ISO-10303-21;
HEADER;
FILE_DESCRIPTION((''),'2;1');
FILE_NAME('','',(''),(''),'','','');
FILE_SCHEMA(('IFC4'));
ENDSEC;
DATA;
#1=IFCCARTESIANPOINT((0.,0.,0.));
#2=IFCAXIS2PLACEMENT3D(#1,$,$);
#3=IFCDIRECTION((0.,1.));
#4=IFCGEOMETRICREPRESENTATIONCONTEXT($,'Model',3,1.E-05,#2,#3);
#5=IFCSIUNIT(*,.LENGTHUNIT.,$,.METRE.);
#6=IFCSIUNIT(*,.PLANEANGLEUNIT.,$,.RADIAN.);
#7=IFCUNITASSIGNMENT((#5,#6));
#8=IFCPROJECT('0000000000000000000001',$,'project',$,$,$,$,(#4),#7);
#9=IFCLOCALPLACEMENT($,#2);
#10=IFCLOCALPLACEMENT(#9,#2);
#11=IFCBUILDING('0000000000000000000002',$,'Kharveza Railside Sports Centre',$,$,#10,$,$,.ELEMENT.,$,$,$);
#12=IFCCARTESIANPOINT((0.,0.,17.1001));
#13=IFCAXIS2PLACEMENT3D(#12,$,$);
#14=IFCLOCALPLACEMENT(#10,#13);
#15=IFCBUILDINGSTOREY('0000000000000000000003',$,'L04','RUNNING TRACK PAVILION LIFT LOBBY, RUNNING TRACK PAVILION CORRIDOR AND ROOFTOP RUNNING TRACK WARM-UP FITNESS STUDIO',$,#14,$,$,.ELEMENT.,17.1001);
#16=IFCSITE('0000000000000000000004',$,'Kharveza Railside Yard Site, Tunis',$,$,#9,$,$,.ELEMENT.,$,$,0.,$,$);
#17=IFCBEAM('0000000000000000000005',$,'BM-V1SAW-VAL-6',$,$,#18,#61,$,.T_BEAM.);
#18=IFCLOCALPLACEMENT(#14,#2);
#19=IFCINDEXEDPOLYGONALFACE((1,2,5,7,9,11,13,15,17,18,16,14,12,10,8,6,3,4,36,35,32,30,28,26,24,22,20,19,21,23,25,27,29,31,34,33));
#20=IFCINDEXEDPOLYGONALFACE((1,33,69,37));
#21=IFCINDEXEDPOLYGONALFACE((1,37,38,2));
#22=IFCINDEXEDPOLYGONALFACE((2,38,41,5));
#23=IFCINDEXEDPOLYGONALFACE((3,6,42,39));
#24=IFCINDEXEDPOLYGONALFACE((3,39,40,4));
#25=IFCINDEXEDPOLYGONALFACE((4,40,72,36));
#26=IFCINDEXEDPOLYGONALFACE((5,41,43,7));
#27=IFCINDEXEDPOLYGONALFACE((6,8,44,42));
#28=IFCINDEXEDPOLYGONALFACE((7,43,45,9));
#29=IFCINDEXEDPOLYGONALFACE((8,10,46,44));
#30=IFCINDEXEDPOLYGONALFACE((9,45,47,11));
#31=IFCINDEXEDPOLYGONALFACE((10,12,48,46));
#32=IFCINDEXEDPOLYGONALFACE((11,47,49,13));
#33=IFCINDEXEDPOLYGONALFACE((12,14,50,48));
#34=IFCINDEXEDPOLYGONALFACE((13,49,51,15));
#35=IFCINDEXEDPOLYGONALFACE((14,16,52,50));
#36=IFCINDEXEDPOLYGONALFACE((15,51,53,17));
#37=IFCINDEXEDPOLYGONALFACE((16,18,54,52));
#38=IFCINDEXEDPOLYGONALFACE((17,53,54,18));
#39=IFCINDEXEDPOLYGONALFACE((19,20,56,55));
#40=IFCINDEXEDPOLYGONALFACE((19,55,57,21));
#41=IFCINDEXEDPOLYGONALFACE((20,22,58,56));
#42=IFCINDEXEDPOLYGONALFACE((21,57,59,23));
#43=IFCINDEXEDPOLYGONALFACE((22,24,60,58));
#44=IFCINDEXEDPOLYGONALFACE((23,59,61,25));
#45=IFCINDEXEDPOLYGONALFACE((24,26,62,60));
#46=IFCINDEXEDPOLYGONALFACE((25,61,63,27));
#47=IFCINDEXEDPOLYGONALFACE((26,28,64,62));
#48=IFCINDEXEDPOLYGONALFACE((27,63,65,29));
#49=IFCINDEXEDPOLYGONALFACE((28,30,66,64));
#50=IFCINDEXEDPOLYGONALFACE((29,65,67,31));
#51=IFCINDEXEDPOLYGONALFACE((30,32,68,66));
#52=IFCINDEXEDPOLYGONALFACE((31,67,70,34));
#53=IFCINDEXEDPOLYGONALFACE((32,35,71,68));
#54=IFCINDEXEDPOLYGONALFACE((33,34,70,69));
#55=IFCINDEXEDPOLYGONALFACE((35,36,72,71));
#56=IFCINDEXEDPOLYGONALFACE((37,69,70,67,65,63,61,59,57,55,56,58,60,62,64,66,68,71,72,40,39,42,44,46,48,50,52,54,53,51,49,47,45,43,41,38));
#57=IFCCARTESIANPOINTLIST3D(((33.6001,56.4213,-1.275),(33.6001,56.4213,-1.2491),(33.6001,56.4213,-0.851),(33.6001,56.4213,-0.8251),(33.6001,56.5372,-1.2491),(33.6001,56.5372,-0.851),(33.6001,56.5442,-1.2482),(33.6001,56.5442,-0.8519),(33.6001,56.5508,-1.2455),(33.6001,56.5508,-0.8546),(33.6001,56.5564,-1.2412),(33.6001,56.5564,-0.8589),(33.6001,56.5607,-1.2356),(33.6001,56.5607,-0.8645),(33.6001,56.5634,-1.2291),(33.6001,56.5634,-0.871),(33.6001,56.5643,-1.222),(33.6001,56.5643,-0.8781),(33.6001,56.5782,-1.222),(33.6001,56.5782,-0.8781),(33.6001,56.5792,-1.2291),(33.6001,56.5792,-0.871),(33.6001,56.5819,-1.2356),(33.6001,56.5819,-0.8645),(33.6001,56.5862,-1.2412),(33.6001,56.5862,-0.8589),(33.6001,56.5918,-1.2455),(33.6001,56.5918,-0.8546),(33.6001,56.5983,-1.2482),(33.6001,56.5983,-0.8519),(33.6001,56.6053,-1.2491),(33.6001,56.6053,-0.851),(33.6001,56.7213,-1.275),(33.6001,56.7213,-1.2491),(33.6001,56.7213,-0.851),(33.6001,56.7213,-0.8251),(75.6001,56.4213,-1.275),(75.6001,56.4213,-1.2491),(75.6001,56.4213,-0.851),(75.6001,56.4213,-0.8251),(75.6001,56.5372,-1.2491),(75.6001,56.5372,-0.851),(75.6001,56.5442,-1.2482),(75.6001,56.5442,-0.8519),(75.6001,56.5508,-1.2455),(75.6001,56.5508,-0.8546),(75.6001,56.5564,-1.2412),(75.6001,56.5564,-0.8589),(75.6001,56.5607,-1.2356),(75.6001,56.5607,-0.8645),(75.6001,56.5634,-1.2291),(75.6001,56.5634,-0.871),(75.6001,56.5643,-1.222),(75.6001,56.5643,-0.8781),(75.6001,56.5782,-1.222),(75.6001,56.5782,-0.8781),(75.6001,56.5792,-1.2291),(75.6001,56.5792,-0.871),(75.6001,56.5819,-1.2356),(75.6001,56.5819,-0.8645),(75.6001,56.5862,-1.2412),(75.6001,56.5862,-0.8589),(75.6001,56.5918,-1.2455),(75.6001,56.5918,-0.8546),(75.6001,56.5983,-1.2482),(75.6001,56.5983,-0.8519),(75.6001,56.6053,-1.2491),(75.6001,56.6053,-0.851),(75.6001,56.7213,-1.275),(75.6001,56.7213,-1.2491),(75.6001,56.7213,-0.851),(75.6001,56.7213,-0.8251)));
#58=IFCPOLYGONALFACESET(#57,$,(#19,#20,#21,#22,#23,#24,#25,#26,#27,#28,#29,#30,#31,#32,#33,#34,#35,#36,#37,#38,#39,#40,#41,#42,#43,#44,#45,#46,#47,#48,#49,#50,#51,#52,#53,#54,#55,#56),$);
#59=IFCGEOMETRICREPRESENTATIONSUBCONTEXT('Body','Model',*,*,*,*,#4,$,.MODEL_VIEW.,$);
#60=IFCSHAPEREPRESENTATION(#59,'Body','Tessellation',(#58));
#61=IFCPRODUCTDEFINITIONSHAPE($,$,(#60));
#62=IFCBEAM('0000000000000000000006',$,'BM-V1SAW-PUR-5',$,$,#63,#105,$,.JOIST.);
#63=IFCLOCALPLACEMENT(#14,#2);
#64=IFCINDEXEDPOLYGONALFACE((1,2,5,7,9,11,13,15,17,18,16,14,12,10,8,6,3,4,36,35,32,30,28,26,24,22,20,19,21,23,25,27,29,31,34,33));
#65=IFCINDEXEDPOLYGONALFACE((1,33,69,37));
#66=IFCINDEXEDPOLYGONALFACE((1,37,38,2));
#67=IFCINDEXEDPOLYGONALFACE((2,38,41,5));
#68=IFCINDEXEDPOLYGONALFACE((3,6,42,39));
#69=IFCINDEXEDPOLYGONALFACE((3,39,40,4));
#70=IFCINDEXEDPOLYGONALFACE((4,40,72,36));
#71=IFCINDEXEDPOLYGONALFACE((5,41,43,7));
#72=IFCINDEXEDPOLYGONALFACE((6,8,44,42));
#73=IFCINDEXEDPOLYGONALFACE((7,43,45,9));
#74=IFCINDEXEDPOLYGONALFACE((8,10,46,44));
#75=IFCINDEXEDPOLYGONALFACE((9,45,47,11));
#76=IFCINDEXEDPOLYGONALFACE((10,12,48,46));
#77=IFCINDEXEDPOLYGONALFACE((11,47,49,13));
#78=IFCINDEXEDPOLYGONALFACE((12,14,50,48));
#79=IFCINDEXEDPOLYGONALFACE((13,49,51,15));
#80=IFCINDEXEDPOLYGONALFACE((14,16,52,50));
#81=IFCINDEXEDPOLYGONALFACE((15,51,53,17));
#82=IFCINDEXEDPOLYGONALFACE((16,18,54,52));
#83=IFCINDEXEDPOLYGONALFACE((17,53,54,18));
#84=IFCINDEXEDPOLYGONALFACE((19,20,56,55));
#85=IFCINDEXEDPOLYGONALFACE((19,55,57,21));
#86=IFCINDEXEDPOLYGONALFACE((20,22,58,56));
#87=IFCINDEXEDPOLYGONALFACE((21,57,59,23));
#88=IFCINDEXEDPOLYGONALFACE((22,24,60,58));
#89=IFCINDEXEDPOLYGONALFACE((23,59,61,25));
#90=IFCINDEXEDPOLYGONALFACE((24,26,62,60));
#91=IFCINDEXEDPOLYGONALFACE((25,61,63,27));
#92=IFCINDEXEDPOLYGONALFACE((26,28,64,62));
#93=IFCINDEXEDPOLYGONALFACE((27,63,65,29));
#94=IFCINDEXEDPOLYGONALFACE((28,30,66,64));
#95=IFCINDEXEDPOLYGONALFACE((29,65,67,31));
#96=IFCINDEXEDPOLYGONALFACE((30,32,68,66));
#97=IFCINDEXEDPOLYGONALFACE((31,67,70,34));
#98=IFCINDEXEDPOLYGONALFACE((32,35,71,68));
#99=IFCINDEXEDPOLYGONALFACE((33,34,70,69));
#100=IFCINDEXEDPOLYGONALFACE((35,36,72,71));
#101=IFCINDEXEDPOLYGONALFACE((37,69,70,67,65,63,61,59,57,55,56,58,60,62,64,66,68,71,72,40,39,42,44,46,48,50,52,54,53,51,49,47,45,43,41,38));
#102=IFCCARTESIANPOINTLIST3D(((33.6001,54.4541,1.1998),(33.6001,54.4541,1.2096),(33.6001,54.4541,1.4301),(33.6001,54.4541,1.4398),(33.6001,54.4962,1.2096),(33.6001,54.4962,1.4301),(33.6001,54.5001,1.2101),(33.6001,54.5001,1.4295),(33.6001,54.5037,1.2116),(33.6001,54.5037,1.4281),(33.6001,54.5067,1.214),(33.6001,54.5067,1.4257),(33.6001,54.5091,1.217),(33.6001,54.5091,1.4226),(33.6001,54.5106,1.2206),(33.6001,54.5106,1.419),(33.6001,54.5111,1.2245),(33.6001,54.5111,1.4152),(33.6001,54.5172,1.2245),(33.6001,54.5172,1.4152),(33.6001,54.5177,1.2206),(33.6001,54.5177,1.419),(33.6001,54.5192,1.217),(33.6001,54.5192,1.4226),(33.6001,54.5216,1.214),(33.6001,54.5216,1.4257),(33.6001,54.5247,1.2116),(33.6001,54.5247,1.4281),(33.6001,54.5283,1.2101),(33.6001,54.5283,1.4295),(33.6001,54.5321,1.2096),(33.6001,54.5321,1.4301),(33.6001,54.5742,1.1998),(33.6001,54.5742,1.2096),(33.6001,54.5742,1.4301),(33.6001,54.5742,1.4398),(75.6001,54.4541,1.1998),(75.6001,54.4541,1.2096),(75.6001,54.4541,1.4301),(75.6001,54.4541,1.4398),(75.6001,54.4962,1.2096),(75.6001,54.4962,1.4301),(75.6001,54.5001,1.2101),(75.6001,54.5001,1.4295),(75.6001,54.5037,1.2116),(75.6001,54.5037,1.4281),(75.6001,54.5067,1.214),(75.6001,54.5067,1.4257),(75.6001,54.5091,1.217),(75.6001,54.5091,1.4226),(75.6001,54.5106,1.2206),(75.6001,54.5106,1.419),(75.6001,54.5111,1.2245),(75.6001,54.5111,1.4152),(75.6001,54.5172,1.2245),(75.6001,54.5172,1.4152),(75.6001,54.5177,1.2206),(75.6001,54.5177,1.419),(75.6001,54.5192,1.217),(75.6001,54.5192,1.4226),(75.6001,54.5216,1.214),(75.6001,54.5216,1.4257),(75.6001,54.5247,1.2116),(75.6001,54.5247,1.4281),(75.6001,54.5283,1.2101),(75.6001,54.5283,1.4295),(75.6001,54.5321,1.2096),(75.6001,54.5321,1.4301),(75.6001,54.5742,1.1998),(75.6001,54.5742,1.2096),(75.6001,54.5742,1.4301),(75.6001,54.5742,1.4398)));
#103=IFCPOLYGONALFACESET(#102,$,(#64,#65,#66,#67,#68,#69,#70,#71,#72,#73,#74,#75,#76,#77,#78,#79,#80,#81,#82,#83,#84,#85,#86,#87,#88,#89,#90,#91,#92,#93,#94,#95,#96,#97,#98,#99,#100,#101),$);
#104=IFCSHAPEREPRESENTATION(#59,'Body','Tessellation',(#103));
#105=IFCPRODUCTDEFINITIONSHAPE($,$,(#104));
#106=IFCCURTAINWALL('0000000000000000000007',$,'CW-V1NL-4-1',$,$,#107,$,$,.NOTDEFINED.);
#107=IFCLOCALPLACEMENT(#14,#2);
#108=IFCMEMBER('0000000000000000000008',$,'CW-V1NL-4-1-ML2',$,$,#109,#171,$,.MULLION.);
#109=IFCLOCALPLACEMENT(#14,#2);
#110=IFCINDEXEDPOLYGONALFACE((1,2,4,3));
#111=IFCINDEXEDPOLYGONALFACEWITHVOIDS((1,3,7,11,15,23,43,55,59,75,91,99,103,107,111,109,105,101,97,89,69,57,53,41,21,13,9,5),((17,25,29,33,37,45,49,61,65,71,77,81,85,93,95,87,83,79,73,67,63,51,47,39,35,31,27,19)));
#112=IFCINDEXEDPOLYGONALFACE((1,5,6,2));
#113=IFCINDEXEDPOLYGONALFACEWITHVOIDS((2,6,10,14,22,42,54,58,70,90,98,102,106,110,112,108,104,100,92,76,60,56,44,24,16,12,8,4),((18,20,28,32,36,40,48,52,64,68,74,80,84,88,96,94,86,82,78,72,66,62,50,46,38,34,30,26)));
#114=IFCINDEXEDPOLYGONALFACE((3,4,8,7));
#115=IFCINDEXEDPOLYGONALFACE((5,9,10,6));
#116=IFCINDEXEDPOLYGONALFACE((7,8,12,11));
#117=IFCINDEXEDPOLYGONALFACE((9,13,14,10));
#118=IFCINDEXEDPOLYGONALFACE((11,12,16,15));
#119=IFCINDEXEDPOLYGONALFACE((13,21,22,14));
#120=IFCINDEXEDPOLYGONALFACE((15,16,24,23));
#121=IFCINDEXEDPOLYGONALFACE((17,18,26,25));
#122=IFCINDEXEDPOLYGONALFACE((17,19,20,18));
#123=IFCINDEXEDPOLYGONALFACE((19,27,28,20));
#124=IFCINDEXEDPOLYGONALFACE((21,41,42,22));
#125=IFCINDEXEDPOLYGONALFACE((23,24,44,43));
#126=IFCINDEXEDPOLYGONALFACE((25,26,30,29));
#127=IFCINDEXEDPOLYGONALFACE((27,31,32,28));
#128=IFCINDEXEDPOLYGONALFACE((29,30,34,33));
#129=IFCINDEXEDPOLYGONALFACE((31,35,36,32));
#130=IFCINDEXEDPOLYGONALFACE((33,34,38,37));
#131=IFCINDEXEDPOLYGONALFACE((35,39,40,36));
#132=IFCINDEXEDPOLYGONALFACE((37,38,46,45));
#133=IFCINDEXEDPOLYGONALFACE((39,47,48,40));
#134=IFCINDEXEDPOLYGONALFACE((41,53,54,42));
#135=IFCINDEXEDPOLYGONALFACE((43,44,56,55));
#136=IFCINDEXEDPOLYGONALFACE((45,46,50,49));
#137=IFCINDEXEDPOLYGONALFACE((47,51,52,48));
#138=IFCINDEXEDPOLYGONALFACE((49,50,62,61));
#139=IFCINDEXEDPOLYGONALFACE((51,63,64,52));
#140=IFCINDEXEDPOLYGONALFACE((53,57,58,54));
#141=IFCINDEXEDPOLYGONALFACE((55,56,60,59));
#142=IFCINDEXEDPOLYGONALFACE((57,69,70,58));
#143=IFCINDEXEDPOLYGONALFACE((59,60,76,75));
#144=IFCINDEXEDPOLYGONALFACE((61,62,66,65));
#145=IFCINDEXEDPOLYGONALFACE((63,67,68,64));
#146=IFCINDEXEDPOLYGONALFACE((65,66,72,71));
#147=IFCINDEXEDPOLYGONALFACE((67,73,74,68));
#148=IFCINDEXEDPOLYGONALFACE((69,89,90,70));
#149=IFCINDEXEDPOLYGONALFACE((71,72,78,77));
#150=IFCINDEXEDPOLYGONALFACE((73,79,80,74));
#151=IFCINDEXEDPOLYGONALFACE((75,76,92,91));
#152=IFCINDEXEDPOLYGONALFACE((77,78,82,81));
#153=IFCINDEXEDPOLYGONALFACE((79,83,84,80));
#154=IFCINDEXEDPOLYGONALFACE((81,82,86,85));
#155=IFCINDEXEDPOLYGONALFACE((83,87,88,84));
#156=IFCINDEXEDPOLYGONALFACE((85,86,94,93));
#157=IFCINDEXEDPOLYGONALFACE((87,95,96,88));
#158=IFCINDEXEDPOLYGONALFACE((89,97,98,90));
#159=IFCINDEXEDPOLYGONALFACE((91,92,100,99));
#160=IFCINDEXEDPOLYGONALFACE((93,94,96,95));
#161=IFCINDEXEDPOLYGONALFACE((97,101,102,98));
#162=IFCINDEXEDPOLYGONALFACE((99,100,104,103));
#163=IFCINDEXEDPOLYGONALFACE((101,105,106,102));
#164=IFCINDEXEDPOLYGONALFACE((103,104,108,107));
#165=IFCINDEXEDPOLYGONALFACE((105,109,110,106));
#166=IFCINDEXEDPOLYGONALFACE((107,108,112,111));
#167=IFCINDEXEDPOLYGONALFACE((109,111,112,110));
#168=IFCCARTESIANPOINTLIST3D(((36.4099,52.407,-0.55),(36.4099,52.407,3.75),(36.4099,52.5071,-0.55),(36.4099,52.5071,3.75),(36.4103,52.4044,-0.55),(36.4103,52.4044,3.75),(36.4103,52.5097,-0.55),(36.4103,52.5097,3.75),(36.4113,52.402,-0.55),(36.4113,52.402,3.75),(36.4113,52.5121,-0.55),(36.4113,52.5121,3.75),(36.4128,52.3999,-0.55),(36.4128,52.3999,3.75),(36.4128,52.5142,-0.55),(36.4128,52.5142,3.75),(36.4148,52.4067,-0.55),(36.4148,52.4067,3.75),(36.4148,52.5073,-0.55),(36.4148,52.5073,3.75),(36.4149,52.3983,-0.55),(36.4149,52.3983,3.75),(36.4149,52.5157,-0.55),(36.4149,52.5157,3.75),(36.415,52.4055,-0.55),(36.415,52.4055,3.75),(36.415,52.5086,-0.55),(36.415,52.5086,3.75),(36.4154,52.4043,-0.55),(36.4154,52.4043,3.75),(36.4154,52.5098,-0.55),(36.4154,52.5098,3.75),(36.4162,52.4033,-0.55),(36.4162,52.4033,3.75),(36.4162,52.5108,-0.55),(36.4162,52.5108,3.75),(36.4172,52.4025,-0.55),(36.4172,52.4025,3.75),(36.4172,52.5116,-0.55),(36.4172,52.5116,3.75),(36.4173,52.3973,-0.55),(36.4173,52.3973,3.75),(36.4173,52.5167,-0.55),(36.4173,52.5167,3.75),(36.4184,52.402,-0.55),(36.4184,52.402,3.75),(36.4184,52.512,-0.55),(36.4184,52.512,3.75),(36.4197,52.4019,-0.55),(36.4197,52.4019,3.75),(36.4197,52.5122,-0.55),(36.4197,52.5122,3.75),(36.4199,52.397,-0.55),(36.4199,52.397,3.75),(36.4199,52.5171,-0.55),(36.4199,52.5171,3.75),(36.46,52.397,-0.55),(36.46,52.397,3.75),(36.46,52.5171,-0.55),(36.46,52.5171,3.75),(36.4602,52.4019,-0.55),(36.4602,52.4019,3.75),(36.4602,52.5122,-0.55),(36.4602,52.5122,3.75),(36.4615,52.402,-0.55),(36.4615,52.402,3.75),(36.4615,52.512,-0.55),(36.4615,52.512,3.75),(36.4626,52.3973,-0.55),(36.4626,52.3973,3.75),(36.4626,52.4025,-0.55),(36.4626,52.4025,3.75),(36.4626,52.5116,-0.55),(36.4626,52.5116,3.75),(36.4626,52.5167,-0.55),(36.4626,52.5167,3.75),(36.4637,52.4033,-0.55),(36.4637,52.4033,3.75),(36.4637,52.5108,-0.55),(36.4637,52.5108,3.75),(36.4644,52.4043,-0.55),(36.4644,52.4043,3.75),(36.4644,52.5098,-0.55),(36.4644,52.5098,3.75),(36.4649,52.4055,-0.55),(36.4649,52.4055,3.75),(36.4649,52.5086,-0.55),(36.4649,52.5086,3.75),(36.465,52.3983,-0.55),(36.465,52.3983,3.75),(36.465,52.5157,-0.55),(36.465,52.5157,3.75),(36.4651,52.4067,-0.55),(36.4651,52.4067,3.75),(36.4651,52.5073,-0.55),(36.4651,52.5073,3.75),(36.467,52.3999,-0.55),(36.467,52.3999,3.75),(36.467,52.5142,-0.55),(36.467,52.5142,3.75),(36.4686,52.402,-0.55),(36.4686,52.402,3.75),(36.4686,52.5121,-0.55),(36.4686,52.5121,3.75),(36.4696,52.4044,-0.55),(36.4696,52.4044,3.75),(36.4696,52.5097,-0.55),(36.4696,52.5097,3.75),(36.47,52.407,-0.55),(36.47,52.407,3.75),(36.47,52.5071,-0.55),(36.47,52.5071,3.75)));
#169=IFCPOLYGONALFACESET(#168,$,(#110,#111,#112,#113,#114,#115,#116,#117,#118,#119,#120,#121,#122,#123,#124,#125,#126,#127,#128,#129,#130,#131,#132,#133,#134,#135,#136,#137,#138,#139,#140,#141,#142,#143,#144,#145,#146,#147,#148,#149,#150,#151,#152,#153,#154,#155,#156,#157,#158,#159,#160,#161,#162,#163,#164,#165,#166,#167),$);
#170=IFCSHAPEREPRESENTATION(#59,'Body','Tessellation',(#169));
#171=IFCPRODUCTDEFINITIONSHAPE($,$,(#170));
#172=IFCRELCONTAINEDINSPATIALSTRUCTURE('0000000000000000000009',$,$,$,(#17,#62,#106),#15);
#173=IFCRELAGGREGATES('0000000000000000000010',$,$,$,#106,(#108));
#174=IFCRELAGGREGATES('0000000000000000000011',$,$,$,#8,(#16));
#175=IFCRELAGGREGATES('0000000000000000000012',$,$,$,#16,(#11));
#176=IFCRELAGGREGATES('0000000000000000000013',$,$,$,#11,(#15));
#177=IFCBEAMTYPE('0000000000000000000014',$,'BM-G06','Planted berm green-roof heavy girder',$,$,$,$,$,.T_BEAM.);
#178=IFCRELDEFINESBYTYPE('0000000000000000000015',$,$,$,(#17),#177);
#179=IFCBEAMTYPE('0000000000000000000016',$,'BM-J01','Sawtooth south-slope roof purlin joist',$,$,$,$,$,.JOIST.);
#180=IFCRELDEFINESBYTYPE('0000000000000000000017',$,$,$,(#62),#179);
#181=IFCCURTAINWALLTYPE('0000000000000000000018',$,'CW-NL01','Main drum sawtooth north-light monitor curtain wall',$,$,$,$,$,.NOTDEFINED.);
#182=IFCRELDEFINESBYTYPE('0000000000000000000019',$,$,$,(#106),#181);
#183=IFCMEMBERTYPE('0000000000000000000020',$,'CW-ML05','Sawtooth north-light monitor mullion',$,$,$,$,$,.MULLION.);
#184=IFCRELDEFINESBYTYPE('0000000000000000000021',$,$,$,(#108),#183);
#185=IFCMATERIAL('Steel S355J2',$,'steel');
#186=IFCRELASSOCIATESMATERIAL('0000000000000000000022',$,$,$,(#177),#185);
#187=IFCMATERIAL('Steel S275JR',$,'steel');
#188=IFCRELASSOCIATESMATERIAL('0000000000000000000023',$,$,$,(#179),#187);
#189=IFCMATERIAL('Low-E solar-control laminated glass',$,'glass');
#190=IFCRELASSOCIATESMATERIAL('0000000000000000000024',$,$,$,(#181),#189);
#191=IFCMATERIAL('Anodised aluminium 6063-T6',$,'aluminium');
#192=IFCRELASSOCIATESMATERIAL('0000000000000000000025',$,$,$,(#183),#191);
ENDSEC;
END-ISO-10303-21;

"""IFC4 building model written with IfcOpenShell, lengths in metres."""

from ifc_helpers import new_model, si_unit, direction, frame, origin, origin_2d, place, context, subcontext, project, spatial, hollow_rectangle, i_section, extrude, material, material_profile, profile_set, type_object, element, aggregate, save


model = new_model("IFC4")

# Units and contexts
model_context = context("Model", 3, precision=1e-05, world=origin(), true_north=direction((0.0, 1.0)))
body_context = subcontext(model_context, "Body", "Model", "MODEL_VIEW")
ifc_project = project(units=[si_unit("LENGTHUNIT", "METRE"), si_unit("PLANEANGLEUNIT", "RADIAN")], contexts=[model_context])

# Site, building, storey
site_placement = place(None, origin())
site = spatial("IfcSite", under=ifc_project, at=site_placement, Name="Kharveza Railside Yard Site, Tunis", CompositionType="ELEMENT", RefElevation=0.0)
building_placement = place(site_placement, origin())
building = spatial("IfcBuilding", under=site, at=building_placement, Name="Kharveza Railside Sports Centre", CompositionType="ELEMENT")
storey_placement = place(building_placement, frame((0.0, 0.0, 17.1001)))
storey = spatial("IfcBuildingStorey", under=building, at=storey_placement, Name="L04", Description="RUNNING TRACK PAVILION LIFT LOBBY, RUNNING TRACK PAVILION CORRIDOR AND ROOFTOP RUNNING TRACK WARM-UP FITNESS STUDIO", CompositionType="ELEMENT", Elevation=17.1001)

# Beams
ifc_material_1 = material(Name="Steel S355J2", Category="steel")
ifc_material_profile_1 = material_profile(ifc_material_1, i_section(OverallWidth=0.3, OverallDepth=0.45, WebThickness=0.0139, FlangeThickness=0.0259, FilletRadius=0.0271, at=origin_2d()), Name="HEB 450")
ifc_profile_set_1 = profile_set([ifc_material_profile_1], Name="Steel S355J2")
beam_type_1 = type_object("IfcBeamType", Name="BM-G06", Description="Planted berm green-roof heavy girder", PredefinedType="T_BEAM", material=ifc_profile_set_1)
beam_1_placement = place(storey_placement, frame((33.6001, 56.5713, -1.05), z_axis=(1.0, 0.0, 0.0), x_axis=(0.0, 1.0, 0.0)))
element("IfcBeam", 1, at=beam_1_placement, inside=storey, type_object=beam_type_1, Name="BM-V1SAW-VAL-6", PredefinedType="T_BEAM", context=body_context, shape_type="SweptSolid", body=[
    extrude(i_section(OverallWidth=0.3, OverallDepth=0.45, WebThickness=0.0139, FlangeThickness=0.0259, FilletRadius=0.0271, at=origin_2d()), origin(), (0.0, 0.0, 1.0), 42.0),
])
ifc_material_2 = material(Name="Steel S275JR", Category="steel")
ifc_material_profile_2 = material_profile(ifc_material_2, i_section(OverallWidth=0.1201, OverallDepth=0.24, WebThickness=0.0061, FlangeThickness=0.0098, FilletRadius=0.0149, at=origin_2d()), Name="IPE 240")
ifc_profile_set_2 = profile_set([ifc_material_profile_2], Name="Steel S275JR")
beam_type_2 = type_object("IfcBeamType", Name="BM-J01", Description="Sawtooth south-slope roof purlin joist", PredefinedType="JOIST", material=ifc_profile_set_2)
beam_2_placement = place(storey_placement, frame((33.6001, 54.5142, 1.3198), z_axis=(1.0, 0.0, 0.0), x_axis=(0.0, 1.0, 0.0)))
element("IfcBeam", 2, at=beam_2_placement, inside=storey, type_object=beam_type_2, Name="BM-V1SAW-PUR-5", PredefinedType="JOIST", context=body_context, shape_type="SweptSolid", body=[
    extrude(i_section(OverallWidth=0.1201, OverallDepth=0.24, WebThickness=0.0061, FlangeThickness=0.0098, FilletRadius=0.0149, at=origin_2d()), origin(), (0.0, 0.0, 1.0), 42.0),
])

# Curtain wall, member
ifc_material_3 = material(Name="Low-E solar-control laminated glass", Category="glass")
curtain_wall_type = type_object("IfcCurtainWallType", Name="CW-NL01", Description="Main drum sawtooth north-light monitor curtain wall", PredefinedType="NOTDEFINED", material=ifc_material_3)
curtain_wall_1_placement = place(storey_placement, origin())
curtain_wall_1 = element("IfcCurtainWall", 3, at=curtain_wall_1_placement, inside=storey, type_object=curtain_wall_type, Name="CW-V1NL-4-1", PredefinedType="NOTDEFINED")
ifc_material_4 = material(Name="Anodised aluminium 6063-T6", Category="aluminium")
ifc_material_profile_3 = material_profile(ifc_material_4, hollow_rectangle(XDim=0.0601, YDim=0.1201, WallThickness=0.0049, InnerFilletRadius=0.0049, OuterFilletRadius=0.01, at=origin_2d()), Name="RHS 60x120x5.0")
ifc_profile_set_3 = profile_set([ifc_material_profile_3], Name="Anodised aluminium 6063-T6")
member_type_1 = type_object("IfcMemberType", Name="CW-ML05", Description="Sawtooth north-light monitor mullion", PredefinedType="MULLION", material=ifc_profile_set_3)
member_1_placement = place(storey_placement, frame((36.4399, 52.457, -0.55), z_axis=(0.0, 0.0, 1.0), x_axis=(1.0, 0.0, 0.0)))
member_1 = element("IfcMember", 4, at=member_1_placement, type_object=member_type_1, Name="CW-V1NL-4-1-ML2", PredefinedType="MULLION", context=body_context, shape_type="SweptSolid", body=[
    extrude(hollow_rectangle(XDim=0.0601, YDim=0.1201, WallThickness=0.0049, InnerFilletRadius=0.0049, OuterFilletRadius=0.01, at=origin_2d()), origin(), (0.0, 0.0, 1.0), 4.3),
])

aggregate(curtain_wall_1, [member_1])

save(model, "model.ifc")
